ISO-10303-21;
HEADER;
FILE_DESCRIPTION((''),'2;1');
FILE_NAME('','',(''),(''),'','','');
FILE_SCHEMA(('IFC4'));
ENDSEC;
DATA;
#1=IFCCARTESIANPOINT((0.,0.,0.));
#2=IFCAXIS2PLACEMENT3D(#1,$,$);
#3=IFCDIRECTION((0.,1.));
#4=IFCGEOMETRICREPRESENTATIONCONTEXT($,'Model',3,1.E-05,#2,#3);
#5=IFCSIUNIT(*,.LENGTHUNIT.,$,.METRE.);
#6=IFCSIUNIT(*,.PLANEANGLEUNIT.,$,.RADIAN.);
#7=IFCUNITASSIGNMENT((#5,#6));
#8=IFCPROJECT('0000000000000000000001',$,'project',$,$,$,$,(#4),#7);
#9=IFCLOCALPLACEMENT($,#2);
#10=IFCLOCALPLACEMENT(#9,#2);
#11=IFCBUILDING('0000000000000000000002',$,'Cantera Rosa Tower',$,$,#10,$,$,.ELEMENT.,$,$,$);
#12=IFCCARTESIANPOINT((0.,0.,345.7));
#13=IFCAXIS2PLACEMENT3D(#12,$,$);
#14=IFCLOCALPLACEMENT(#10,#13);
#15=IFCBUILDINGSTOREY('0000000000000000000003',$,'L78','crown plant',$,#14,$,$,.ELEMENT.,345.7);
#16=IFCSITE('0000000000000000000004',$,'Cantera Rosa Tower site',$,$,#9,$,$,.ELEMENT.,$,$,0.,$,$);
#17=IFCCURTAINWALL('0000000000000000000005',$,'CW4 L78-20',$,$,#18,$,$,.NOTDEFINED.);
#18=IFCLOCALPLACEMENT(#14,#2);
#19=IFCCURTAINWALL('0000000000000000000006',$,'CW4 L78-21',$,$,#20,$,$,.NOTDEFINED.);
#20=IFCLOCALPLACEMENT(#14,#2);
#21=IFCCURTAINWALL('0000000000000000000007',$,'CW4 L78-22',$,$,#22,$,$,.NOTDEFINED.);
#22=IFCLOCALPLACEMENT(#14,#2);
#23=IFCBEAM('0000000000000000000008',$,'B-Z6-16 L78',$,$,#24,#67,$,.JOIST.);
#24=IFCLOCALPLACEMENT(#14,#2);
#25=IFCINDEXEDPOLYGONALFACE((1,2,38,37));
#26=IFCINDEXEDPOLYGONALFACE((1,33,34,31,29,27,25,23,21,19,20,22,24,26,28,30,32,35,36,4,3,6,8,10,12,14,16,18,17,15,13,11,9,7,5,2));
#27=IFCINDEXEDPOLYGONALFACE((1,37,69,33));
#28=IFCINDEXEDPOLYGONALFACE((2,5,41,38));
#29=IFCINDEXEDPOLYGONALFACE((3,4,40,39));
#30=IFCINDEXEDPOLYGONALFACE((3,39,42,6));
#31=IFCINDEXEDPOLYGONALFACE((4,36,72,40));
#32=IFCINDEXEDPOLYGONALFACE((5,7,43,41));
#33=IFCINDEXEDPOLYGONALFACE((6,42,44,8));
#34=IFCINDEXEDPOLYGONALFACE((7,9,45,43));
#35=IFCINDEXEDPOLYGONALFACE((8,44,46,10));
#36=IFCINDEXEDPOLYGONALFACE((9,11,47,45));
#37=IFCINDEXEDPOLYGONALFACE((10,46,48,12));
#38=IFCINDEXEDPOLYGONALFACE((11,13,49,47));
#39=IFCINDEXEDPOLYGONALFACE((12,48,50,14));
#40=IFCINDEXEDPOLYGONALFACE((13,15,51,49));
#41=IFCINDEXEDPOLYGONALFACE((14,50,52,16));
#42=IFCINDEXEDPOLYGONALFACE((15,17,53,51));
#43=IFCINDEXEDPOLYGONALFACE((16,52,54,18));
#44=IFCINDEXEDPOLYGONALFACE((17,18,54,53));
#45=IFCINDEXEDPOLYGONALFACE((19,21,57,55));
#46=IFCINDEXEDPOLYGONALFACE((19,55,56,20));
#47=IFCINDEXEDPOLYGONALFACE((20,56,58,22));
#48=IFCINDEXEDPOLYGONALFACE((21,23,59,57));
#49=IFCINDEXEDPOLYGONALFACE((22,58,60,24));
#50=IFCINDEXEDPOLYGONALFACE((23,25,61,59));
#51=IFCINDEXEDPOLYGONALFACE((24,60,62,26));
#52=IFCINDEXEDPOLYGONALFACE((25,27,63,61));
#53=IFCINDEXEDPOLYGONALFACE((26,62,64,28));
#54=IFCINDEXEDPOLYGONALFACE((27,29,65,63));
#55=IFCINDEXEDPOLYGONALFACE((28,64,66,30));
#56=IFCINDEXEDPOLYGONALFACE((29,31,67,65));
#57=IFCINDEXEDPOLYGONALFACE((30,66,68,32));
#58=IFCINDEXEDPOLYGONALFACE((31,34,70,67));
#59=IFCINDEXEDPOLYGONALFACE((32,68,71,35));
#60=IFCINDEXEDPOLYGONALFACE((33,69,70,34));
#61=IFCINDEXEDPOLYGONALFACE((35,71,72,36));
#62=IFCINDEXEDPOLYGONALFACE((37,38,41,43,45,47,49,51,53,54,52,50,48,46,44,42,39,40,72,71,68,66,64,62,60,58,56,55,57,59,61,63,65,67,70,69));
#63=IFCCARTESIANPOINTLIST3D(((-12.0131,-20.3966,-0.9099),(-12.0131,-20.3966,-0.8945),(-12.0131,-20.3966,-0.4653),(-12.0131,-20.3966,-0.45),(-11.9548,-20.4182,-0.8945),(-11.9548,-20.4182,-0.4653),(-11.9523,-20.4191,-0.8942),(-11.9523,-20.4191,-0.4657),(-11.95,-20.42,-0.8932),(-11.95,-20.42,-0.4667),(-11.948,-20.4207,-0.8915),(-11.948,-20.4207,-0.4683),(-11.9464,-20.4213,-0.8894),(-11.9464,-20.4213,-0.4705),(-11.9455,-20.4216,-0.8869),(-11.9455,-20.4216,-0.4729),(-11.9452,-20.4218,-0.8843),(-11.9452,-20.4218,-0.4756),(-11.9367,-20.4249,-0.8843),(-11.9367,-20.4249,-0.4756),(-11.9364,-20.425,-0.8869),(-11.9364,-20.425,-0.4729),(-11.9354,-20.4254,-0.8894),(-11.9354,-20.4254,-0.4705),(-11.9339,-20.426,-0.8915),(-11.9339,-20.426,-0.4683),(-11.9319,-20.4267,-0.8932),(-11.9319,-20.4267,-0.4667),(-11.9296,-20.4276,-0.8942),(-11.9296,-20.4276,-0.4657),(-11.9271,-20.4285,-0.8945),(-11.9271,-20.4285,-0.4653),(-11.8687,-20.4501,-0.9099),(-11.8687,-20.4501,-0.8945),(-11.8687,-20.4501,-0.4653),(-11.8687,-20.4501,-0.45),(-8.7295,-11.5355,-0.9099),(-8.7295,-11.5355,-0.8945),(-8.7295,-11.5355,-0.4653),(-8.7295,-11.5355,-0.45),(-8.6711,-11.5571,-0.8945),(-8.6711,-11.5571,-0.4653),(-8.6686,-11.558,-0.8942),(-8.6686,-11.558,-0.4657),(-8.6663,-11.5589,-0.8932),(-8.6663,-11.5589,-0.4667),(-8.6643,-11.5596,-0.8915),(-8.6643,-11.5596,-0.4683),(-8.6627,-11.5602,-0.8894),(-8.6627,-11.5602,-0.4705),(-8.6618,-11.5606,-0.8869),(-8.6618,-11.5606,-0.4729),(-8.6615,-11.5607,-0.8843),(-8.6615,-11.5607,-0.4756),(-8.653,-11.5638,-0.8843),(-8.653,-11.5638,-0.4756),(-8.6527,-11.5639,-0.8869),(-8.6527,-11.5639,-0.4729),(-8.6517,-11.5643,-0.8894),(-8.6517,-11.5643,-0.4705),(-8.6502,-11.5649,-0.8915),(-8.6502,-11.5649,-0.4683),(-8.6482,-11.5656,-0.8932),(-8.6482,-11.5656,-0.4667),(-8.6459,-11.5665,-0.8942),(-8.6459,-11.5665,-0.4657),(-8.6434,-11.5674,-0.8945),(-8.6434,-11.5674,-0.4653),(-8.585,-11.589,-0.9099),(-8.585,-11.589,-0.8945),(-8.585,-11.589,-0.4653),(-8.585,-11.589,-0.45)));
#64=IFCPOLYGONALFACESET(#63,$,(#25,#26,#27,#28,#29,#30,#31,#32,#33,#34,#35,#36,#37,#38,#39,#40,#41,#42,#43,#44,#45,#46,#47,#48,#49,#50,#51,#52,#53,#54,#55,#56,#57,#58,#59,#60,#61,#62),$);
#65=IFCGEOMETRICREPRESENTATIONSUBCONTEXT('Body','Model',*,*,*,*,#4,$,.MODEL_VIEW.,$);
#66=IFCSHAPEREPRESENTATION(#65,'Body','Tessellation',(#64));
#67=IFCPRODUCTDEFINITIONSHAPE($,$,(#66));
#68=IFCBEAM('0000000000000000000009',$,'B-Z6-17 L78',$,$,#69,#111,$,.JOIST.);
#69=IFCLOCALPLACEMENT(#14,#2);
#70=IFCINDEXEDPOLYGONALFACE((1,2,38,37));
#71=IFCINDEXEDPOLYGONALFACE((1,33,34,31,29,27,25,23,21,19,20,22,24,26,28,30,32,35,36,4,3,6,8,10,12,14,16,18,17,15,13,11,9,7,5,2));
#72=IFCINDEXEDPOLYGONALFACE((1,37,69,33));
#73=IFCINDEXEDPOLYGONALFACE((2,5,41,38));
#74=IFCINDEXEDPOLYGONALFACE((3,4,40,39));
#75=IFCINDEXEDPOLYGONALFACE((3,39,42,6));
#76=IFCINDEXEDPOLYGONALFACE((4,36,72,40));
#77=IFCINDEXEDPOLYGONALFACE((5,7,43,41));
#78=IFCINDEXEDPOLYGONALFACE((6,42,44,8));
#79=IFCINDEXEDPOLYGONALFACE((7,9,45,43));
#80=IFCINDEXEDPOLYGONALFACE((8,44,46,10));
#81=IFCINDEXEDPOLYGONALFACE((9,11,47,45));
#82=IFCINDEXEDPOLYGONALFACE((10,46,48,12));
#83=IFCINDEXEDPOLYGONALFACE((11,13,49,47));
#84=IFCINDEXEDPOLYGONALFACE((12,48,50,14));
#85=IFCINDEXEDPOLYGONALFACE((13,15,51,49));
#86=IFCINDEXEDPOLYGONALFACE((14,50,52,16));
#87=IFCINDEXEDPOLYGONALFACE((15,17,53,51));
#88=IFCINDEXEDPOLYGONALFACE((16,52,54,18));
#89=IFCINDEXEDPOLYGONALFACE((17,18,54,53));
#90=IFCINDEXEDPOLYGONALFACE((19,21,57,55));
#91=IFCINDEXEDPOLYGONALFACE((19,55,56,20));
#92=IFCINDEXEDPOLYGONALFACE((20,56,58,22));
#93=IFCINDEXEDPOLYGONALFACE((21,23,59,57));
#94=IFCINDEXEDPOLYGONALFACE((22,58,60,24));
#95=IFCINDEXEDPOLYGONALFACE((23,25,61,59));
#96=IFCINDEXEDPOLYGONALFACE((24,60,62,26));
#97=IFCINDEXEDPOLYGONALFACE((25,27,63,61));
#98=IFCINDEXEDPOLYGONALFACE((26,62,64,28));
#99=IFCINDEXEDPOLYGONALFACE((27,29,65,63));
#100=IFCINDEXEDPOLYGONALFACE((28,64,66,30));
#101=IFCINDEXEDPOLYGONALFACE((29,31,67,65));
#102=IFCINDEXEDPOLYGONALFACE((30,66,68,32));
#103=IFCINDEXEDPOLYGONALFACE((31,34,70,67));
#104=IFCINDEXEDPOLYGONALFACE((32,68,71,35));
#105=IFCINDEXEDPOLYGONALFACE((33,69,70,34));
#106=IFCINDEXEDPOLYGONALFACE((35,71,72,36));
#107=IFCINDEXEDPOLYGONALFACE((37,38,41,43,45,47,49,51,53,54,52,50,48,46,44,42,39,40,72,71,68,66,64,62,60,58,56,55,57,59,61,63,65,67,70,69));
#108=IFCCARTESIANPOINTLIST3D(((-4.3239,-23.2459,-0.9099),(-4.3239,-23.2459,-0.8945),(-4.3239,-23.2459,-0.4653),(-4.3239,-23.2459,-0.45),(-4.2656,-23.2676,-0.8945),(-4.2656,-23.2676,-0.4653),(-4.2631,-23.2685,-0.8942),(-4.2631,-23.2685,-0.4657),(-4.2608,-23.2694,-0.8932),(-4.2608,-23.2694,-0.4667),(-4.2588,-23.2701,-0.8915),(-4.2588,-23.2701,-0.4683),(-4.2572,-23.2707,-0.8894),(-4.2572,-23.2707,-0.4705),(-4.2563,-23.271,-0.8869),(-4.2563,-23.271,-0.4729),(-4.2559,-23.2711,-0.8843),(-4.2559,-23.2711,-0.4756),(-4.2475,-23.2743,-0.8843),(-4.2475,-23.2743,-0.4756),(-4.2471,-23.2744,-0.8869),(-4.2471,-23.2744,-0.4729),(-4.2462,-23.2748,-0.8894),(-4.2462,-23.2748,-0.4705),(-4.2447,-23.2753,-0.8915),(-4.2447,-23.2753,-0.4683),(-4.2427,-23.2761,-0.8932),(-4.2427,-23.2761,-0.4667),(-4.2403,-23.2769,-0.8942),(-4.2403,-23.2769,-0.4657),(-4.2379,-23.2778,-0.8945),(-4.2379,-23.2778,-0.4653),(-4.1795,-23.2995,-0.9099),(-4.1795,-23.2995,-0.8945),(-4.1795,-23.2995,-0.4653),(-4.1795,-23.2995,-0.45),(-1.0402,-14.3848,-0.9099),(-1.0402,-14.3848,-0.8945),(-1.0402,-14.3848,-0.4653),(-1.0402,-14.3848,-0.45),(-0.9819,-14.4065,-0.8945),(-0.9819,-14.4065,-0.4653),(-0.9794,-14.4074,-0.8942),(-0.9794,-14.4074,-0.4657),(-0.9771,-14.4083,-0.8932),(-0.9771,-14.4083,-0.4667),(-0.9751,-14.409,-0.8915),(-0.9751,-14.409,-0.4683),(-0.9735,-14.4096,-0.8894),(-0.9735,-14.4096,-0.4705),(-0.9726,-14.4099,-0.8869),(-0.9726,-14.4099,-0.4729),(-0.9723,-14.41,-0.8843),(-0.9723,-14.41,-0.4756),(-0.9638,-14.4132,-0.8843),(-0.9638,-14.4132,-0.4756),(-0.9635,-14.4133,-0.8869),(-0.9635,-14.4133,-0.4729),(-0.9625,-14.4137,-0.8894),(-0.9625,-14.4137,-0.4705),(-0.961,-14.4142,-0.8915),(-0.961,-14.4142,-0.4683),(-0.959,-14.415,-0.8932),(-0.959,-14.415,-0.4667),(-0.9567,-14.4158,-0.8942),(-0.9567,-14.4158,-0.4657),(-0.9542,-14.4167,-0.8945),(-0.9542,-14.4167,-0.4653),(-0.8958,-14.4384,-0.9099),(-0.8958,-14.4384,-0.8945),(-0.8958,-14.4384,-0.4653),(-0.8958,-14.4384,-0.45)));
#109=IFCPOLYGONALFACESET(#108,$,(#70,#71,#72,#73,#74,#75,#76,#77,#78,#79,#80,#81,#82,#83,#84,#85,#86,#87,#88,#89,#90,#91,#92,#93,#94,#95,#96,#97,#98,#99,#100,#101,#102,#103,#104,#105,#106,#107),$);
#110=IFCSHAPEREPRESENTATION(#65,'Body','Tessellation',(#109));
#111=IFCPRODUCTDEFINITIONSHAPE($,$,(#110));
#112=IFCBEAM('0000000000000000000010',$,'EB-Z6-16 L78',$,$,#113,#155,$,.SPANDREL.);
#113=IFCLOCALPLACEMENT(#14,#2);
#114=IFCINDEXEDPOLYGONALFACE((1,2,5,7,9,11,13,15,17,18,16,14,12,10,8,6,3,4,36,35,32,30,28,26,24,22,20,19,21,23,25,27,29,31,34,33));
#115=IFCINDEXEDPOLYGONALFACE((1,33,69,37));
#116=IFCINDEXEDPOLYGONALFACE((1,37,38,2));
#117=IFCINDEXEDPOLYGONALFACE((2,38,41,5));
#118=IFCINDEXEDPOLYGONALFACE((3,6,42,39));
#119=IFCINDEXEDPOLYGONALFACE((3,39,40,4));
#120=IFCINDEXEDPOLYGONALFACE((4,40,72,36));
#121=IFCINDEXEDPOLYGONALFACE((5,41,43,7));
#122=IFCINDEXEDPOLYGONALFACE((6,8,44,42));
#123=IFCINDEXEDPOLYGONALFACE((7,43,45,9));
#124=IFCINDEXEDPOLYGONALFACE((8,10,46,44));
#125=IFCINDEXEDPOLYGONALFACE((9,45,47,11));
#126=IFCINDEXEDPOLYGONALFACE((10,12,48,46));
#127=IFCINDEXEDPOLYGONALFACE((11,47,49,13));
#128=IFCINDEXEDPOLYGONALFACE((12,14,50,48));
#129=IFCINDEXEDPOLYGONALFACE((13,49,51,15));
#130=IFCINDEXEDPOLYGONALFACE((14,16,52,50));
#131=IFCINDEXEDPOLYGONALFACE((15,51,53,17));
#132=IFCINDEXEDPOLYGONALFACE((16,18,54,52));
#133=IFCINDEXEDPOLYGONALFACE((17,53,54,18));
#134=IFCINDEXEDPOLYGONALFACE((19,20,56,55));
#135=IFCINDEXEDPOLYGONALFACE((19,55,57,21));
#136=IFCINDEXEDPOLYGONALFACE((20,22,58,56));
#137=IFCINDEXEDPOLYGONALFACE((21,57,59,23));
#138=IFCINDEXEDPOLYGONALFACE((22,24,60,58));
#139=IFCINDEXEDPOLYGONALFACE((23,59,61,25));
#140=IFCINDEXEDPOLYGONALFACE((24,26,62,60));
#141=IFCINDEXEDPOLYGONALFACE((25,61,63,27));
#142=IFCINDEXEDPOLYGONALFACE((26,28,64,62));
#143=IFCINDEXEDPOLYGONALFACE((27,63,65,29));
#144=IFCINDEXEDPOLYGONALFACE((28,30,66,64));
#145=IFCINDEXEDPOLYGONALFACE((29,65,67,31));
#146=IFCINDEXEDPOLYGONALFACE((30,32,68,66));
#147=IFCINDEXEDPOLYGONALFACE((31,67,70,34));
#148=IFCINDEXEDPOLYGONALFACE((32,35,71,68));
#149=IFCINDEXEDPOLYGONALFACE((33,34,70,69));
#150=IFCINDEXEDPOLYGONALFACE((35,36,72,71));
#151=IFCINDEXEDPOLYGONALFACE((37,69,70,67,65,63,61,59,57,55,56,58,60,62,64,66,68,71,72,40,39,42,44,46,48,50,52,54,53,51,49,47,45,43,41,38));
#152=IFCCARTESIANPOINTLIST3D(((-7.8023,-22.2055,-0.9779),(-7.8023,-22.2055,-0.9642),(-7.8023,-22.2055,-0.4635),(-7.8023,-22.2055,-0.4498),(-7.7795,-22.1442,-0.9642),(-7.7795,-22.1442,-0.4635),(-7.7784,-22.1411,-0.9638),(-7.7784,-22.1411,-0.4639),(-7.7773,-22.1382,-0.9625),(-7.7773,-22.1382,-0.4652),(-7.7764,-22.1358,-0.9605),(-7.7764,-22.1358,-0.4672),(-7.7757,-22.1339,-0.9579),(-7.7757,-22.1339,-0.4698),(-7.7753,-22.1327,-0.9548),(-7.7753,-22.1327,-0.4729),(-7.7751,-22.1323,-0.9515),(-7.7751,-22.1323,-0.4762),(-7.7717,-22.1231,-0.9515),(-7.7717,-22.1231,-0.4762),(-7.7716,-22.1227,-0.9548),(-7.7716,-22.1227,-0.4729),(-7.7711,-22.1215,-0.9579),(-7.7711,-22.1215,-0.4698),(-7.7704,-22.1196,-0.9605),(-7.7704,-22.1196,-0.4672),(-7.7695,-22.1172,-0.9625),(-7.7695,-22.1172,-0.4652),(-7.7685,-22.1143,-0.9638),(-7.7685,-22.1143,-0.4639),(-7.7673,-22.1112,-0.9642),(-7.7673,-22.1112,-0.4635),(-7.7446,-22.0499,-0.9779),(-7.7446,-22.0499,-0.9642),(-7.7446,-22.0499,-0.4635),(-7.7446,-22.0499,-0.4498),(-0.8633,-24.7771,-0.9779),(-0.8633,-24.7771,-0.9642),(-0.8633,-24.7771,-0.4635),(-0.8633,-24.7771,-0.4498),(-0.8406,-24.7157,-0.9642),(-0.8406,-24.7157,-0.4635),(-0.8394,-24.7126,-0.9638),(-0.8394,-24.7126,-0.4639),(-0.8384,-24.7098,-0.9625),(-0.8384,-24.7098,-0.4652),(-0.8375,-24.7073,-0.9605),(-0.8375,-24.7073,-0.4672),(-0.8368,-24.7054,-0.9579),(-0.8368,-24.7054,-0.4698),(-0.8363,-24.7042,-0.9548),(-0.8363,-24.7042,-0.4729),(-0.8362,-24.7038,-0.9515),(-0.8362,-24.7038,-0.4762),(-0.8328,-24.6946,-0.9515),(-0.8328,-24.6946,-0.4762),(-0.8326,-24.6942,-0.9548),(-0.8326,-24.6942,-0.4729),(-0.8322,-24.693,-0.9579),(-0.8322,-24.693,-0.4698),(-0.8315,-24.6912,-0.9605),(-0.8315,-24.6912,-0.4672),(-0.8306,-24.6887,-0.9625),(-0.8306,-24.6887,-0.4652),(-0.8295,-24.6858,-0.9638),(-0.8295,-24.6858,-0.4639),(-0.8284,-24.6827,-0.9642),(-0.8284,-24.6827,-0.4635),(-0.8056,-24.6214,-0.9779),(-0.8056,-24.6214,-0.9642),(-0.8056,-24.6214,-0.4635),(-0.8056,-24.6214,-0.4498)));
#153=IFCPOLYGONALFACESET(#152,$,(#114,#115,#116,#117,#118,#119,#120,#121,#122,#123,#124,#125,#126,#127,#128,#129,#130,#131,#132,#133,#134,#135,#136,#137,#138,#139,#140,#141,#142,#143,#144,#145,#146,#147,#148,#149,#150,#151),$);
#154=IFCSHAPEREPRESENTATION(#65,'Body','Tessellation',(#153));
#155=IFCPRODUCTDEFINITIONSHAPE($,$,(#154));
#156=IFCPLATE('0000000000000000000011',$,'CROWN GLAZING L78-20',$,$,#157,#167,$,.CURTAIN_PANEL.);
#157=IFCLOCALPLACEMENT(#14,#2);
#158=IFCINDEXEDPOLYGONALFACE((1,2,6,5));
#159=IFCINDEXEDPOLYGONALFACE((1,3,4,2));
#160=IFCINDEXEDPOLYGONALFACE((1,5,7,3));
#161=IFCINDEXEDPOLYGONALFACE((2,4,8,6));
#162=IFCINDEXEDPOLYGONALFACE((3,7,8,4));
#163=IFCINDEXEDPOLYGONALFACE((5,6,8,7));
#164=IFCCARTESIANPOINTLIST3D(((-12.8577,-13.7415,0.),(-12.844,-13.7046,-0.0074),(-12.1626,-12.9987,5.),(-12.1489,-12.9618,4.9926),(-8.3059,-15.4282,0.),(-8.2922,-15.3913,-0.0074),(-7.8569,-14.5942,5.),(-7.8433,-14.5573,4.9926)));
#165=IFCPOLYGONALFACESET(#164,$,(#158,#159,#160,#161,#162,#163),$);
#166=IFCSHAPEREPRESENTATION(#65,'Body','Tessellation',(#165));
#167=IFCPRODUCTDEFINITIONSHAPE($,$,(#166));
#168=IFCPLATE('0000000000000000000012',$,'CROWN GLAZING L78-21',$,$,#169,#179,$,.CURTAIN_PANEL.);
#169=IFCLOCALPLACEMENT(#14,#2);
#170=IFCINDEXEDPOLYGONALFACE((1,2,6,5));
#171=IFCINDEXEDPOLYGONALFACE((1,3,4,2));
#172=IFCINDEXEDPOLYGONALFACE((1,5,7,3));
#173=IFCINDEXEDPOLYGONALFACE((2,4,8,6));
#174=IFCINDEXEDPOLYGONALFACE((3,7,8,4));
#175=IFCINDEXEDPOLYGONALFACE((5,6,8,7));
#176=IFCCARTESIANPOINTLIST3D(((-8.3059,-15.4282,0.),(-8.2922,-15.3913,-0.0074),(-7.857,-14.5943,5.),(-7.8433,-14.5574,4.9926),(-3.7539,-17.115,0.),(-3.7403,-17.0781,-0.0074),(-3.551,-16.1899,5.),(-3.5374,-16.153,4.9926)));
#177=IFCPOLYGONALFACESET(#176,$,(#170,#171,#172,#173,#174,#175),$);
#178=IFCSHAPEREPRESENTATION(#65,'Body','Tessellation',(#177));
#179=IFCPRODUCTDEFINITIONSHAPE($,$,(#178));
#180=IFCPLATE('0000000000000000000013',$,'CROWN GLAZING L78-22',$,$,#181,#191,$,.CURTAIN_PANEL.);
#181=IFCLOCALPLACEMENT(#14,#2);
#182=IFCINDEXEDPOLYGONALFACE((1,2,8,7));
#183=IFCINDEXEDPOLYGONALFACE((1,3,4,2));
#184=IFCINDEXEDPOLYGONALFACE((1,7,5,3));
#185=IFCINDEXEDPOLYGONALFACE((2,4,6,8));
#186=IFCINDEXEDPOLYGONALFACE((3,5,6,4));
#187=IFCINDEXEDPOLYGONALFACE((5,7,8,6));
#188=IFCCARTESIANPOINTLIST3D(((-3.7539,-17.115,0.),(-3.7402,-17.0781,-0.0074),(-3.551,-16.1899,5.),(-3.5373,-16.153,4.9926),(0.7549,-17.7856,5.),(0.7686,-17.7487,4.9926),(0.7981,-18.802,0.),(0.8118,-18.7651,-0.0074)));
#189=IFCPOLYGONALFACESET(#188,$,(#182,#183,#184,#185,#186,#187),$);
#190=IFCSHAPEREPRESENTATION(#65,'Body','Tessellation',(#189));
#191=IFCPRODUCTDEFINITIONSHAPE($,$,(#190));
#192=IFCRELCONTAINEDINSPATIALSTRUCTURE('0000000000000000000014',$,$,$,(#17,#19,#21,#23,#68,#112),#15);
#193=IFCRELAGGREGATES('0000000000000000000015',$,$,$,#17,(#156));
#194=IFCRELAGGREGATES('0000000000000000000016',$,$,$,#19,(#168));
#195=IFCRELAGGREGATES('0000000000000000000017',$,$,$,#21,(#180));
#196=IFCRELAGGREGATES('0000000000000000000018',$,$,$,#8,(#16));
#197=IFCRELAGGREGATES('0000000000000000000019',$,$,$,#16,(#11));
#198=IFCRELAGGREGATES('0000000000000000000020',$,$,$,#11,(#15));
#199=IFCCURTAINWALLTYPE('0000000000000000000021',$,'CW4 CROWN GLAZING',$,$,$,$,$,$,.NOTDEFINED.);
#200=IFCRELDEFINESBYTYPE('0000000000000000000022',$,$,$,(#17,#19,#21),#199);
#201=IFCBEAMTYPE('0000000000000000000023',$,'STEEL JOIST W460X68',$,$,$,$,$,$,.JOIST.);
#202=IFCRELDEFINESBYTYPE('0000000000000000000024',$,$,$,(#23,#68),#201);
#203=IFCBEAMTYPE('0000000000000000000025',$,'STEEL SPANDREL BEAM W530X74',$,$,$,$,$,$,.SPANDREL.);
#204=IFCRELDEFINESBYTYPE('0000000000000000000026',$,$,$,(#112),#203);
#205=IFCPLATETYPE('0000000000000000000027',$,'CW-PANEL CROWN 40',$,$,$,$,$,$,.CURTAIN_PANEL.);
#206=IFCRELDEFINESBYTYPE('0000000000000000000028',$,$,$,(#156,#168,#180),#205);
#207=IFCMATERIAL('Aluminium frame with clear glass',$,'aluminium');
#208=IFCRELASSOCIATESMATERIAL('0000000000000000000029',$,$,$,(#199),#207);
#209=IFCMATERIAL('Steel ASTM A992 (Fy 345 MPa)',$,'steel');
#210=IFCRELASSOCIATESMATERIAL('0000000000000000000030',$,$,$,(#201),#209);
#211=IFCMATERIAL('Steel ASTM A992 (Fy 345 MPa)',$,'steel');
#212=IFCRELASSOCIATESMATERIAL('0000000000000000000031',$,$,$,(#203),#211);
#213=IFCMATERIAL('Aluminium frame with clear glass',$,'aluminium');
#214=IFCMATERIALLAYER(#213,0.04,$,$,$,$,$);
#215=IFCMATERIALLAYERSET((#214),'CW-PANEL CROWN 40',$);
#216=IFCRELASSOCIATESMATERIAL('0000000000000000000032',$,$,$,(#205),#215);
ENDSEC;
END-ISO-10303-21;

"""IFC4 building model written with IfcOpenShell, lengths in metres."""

from ifc_helpers import new_model, si_unit, direction, frame, origin, origin_2d, place, context, subcontext, project, spatial, polyline, i_section, outline, extrude, material, layer, layer_set, material_profile, profile_set, type_object, element, aggregate, save


model = new_model("IFC4")

# Units and contexts
model_context = context("Model", 3, precision=1e-05, world=origin(), true_north=direction((0.0, 1.0)))
body_context = subcontext(model_context, "Body", "Model", "MODEL_VIEW")
ifc_project = project(units=[si_unit("LENGTHUNIT", "METRE"), si_unit("PLANEANGLEUNIT", "RADIAN")], contexts=[model_context])

# Site, building, storey
site_placement = place(None, origin())
site = spatial("IfcSite", under=ifc_project, at=site_placement, Name="Cantera Rosa Tower site", CompositionType="ELEMENT", RefElevation=0.0)
building_placement = place(site_placement, origin())
building = spatial("IfcBuilding", under=site, at=building_placement, Name="Cantera Rosa Tower", CompositionType="ELEMENT")
storey_placement = place(building_placement, frame((0.0, 0.0, 345.7)))
storey = spatial("IfcBuildingStorey", under=building, at=storey_placement, Name="L78", Description="crown plant", CompositionType="ELEMENT", Elevation=345.7)

# Curtain walls
ifc_material_1 = material(Name="Aluminium frame with clear glass", Category="aluminium")
curtain_wall_type = type_object("IfcCurtainWallType", Name="CW4 CROWN GLAZING", PredefinedType="NOTDEFINED", material=ifc_material_1)
curtain_wall_1_placement = place(storey_placement, origin())
curtain_wall_1 = element("IfcCurtainWall", 1, at=curtain_wall_1_placement, inside=storey, type_object=curtain_wall_type, Name="CW4 L78-20", PredefinedType="NOTDEFINED")
curtain_wall_2_placement = place(storey_placement, origin())
curtain_wall_2 = element("IfcCurtainWall", 2, at=curtain_wall_2_placement, inside=storey, type_object=curtain_wall_type, Name="CW4 L78-21", PredefinedType="NOTDEFINED")
curtain_wall_3_placement = place(storey_placement, origin())
curtain_wall_3 = element("IfcCurtainWall", 3, at=curtain_wall_3_placement, inside=storey, type_object=curtain_wall_type, Name="CW4 L78-22", PredefinedType="NOTDEFINED")

# Beams
ifc_material_2 = material(Name="Steel ASTM A992 (Fy 345 MPa)", Category="steel")
ifc_material_profile_1 = material_profile(ifc_material_2, i_section(OverallWidth=0.1541, OverallDepth=0.46, WebThickness=0.009, FlangeThickness=0.0154, FilletRadius=0.0103, at=origin_2d()), Name="W460X68")
ifc_profile_set_1 = profile_set([ifc_material_profile_1], Name="Steel ASTM A992 (Fy 345 MPa)")
beam_type_1 = type_object("IfcBeamType", Name="STEEL JOIST W460X68", PredefinedType="JOIST", material=ifc_profile_set_1)
for number, where, z_axis, x_axis, name in (
    (4, (-11.9409, -20.4233, -0.6799), (0.347483, 0.937686, 0.0), (-0.937686, 0.347483, 0.0), "B-Z6-16 L78"),
    (5, (-4.2517, -23.2727, -0.6799), (0.347483, 0.937686, 0.0), (-0.937686, 0.347483, 0.0), "B-Z6-17 L78"),
):
    element("IfcBeam", number, at=place(storey_placement, frame(where, z_axis=z_axis, x_axis=x_axis)), inside=storey, type_object=beam_type_1, Name=name, PredefinedType="JOIST", context=body_context, shape_type="SweptSolid", body=[
        extrude(i_section(OverallWidth=0.1541, OverallDepth=0.46, WebThickness=0.009, FlangeThickness=0.0154, FilletRadius=0.0103, at=origin_2d()), origin(), (0.0, 0.0, 1.0), 9.45),
    ])
ifc_material_3 = material(Name="Steel ASTM A992 (Fy 345 MPa)", Category="steel")
ifc_material_profile_2 = material_profile(ifc_material_3, i_section(OverallWidth=0.166, OverallDepth=0.5281, WebThickness=0.0098, FlangeThickness=0.0137, FilletRadius=0.0127, at=origin_2d()), Name="W530X74")
ifc_profile_set_2 = profile_set([ifc_material_profile_2], Name="Steel ASTM A992 (Fy 345 MPa)")
beam_type_2 = type_object("IfcBeamType", Name="STEEL SPANDREL BEAM W530X74", PredefinedType="SPANDREL", material=ifc_profile_set_2)
beam_1_placement = place(storey_placement, frame((-7.7734, -22.1277, -0.7139), z_axis=(0.937681, -0.347498, 0.0), x_axis=(0.347498, 0.937681, 0.0)))
element("IfcBeam", 6, at=beam_1_placement, inside=storey, type_object=beam_type_2, Name="EB-Z6-16 L78", PredefinedType="SPANDREL", context=body_context, shape_type="SweptSolid", body=[
    extrude(i_section(OverallWidth=0.166, OverallDepth=0.5281, WebThickness=0.0098, FlangeThickness=0.0137, FilletRadius=0.0127, at=origin_2d()), origin(), (0.0, 0.0, 1.0), 7.4001),
])

# Plates
ifc_material_4 = material(Name="Aluminium frame with clear glass", Category="aluminium")
ifc_layer_1 = layer(ifc_material_4, 0.04)
ifc_layer_set_1 = layer_set([ifc_layer_1], Name="CW-PANEL CROWN 40")
plate_type = type_object("IfcPlateType", Name="CW-PANEL CROWN 40", PredefinedType="CURTAIN_PANEL", material=ifc_layer_set_1)
plate_1_placement = place(storey_placement, frame((-12.8577, -13.7415, 0.0), z_axis=(-0.341515, -0.921614, 0.184378), x_axis=(0.93769, -0.347473, -0.000002)))
plate_1 = element("IfcPlate", 7, at=plate_1_placement, type_object=plate_type, Name="CROWN GLAZING L78-20", PredefinedType="CURTAIN_PANEL", context=body_context, shape_type="SweptSolid", body=[
    extrude(outline(polyline([(0.0, 0.0), (4.8542, 0.0), (4.9854, 5.0872), (0.3937, 5.0872), (0.0, 0.0)])), origin(), (0.0, 0.0, -1.0), 0.04),
])
plate_2_placement = place(storey_placement, frame((-8.3059, -15.4282, 0.0), z_axis=(-0.341521, -0.921612, 0.184377), x_axis=(0.937688, -0.347478, 0.000002)))
plate_2 = element("IfcPlate", 8, at=plate_2_placement, type_object=plate_type, Name="CROWN GLAZING L78-21", PredefinedType="CURTAIN_PANEL", context=body_context, shape_type="SweptSolid", body=[
    extrude(outline(polyline([(0.0, 0.0), (4.8545, 0.0), (4.7233, 5.0872), (0.1312, 5.0872), (0.0, 0.0)])), origin(), (0.0, 0.0, -1.0), 0.04),
])
plate_3_placement = place(storey_placement, frame((-3.7539, -17.115, 0.0), z_axis=(-0.341544, -0.921604, 0.184374), x_axis=(0.937679, -0.347502, -0.000002)))
plate_3 = element("IfcPlate", 9, at=plate_3_placement, type_object=plate_type, Name="CROWN GLAZING L78-22", PredefinedType="CURTAIN_PANEL", context=body_context, shape_type="SweptSolid", body=[
    extrude(outline(polyline([(0.0, 0.0), (4.8546, 0.0), (4.4608, 5.0872), (-0.1312, 5.0872), (0.0, 0.0)])), origin(), (0.0, 0.0, -1.0), 0.04),
])

aggregate(curtain_wall_1, [plate_1])
aggregate(curtain_wall_2, [plate_2])
aggregate(curtain_wall_3, [plate_3])

save(model, "model.ifc")
